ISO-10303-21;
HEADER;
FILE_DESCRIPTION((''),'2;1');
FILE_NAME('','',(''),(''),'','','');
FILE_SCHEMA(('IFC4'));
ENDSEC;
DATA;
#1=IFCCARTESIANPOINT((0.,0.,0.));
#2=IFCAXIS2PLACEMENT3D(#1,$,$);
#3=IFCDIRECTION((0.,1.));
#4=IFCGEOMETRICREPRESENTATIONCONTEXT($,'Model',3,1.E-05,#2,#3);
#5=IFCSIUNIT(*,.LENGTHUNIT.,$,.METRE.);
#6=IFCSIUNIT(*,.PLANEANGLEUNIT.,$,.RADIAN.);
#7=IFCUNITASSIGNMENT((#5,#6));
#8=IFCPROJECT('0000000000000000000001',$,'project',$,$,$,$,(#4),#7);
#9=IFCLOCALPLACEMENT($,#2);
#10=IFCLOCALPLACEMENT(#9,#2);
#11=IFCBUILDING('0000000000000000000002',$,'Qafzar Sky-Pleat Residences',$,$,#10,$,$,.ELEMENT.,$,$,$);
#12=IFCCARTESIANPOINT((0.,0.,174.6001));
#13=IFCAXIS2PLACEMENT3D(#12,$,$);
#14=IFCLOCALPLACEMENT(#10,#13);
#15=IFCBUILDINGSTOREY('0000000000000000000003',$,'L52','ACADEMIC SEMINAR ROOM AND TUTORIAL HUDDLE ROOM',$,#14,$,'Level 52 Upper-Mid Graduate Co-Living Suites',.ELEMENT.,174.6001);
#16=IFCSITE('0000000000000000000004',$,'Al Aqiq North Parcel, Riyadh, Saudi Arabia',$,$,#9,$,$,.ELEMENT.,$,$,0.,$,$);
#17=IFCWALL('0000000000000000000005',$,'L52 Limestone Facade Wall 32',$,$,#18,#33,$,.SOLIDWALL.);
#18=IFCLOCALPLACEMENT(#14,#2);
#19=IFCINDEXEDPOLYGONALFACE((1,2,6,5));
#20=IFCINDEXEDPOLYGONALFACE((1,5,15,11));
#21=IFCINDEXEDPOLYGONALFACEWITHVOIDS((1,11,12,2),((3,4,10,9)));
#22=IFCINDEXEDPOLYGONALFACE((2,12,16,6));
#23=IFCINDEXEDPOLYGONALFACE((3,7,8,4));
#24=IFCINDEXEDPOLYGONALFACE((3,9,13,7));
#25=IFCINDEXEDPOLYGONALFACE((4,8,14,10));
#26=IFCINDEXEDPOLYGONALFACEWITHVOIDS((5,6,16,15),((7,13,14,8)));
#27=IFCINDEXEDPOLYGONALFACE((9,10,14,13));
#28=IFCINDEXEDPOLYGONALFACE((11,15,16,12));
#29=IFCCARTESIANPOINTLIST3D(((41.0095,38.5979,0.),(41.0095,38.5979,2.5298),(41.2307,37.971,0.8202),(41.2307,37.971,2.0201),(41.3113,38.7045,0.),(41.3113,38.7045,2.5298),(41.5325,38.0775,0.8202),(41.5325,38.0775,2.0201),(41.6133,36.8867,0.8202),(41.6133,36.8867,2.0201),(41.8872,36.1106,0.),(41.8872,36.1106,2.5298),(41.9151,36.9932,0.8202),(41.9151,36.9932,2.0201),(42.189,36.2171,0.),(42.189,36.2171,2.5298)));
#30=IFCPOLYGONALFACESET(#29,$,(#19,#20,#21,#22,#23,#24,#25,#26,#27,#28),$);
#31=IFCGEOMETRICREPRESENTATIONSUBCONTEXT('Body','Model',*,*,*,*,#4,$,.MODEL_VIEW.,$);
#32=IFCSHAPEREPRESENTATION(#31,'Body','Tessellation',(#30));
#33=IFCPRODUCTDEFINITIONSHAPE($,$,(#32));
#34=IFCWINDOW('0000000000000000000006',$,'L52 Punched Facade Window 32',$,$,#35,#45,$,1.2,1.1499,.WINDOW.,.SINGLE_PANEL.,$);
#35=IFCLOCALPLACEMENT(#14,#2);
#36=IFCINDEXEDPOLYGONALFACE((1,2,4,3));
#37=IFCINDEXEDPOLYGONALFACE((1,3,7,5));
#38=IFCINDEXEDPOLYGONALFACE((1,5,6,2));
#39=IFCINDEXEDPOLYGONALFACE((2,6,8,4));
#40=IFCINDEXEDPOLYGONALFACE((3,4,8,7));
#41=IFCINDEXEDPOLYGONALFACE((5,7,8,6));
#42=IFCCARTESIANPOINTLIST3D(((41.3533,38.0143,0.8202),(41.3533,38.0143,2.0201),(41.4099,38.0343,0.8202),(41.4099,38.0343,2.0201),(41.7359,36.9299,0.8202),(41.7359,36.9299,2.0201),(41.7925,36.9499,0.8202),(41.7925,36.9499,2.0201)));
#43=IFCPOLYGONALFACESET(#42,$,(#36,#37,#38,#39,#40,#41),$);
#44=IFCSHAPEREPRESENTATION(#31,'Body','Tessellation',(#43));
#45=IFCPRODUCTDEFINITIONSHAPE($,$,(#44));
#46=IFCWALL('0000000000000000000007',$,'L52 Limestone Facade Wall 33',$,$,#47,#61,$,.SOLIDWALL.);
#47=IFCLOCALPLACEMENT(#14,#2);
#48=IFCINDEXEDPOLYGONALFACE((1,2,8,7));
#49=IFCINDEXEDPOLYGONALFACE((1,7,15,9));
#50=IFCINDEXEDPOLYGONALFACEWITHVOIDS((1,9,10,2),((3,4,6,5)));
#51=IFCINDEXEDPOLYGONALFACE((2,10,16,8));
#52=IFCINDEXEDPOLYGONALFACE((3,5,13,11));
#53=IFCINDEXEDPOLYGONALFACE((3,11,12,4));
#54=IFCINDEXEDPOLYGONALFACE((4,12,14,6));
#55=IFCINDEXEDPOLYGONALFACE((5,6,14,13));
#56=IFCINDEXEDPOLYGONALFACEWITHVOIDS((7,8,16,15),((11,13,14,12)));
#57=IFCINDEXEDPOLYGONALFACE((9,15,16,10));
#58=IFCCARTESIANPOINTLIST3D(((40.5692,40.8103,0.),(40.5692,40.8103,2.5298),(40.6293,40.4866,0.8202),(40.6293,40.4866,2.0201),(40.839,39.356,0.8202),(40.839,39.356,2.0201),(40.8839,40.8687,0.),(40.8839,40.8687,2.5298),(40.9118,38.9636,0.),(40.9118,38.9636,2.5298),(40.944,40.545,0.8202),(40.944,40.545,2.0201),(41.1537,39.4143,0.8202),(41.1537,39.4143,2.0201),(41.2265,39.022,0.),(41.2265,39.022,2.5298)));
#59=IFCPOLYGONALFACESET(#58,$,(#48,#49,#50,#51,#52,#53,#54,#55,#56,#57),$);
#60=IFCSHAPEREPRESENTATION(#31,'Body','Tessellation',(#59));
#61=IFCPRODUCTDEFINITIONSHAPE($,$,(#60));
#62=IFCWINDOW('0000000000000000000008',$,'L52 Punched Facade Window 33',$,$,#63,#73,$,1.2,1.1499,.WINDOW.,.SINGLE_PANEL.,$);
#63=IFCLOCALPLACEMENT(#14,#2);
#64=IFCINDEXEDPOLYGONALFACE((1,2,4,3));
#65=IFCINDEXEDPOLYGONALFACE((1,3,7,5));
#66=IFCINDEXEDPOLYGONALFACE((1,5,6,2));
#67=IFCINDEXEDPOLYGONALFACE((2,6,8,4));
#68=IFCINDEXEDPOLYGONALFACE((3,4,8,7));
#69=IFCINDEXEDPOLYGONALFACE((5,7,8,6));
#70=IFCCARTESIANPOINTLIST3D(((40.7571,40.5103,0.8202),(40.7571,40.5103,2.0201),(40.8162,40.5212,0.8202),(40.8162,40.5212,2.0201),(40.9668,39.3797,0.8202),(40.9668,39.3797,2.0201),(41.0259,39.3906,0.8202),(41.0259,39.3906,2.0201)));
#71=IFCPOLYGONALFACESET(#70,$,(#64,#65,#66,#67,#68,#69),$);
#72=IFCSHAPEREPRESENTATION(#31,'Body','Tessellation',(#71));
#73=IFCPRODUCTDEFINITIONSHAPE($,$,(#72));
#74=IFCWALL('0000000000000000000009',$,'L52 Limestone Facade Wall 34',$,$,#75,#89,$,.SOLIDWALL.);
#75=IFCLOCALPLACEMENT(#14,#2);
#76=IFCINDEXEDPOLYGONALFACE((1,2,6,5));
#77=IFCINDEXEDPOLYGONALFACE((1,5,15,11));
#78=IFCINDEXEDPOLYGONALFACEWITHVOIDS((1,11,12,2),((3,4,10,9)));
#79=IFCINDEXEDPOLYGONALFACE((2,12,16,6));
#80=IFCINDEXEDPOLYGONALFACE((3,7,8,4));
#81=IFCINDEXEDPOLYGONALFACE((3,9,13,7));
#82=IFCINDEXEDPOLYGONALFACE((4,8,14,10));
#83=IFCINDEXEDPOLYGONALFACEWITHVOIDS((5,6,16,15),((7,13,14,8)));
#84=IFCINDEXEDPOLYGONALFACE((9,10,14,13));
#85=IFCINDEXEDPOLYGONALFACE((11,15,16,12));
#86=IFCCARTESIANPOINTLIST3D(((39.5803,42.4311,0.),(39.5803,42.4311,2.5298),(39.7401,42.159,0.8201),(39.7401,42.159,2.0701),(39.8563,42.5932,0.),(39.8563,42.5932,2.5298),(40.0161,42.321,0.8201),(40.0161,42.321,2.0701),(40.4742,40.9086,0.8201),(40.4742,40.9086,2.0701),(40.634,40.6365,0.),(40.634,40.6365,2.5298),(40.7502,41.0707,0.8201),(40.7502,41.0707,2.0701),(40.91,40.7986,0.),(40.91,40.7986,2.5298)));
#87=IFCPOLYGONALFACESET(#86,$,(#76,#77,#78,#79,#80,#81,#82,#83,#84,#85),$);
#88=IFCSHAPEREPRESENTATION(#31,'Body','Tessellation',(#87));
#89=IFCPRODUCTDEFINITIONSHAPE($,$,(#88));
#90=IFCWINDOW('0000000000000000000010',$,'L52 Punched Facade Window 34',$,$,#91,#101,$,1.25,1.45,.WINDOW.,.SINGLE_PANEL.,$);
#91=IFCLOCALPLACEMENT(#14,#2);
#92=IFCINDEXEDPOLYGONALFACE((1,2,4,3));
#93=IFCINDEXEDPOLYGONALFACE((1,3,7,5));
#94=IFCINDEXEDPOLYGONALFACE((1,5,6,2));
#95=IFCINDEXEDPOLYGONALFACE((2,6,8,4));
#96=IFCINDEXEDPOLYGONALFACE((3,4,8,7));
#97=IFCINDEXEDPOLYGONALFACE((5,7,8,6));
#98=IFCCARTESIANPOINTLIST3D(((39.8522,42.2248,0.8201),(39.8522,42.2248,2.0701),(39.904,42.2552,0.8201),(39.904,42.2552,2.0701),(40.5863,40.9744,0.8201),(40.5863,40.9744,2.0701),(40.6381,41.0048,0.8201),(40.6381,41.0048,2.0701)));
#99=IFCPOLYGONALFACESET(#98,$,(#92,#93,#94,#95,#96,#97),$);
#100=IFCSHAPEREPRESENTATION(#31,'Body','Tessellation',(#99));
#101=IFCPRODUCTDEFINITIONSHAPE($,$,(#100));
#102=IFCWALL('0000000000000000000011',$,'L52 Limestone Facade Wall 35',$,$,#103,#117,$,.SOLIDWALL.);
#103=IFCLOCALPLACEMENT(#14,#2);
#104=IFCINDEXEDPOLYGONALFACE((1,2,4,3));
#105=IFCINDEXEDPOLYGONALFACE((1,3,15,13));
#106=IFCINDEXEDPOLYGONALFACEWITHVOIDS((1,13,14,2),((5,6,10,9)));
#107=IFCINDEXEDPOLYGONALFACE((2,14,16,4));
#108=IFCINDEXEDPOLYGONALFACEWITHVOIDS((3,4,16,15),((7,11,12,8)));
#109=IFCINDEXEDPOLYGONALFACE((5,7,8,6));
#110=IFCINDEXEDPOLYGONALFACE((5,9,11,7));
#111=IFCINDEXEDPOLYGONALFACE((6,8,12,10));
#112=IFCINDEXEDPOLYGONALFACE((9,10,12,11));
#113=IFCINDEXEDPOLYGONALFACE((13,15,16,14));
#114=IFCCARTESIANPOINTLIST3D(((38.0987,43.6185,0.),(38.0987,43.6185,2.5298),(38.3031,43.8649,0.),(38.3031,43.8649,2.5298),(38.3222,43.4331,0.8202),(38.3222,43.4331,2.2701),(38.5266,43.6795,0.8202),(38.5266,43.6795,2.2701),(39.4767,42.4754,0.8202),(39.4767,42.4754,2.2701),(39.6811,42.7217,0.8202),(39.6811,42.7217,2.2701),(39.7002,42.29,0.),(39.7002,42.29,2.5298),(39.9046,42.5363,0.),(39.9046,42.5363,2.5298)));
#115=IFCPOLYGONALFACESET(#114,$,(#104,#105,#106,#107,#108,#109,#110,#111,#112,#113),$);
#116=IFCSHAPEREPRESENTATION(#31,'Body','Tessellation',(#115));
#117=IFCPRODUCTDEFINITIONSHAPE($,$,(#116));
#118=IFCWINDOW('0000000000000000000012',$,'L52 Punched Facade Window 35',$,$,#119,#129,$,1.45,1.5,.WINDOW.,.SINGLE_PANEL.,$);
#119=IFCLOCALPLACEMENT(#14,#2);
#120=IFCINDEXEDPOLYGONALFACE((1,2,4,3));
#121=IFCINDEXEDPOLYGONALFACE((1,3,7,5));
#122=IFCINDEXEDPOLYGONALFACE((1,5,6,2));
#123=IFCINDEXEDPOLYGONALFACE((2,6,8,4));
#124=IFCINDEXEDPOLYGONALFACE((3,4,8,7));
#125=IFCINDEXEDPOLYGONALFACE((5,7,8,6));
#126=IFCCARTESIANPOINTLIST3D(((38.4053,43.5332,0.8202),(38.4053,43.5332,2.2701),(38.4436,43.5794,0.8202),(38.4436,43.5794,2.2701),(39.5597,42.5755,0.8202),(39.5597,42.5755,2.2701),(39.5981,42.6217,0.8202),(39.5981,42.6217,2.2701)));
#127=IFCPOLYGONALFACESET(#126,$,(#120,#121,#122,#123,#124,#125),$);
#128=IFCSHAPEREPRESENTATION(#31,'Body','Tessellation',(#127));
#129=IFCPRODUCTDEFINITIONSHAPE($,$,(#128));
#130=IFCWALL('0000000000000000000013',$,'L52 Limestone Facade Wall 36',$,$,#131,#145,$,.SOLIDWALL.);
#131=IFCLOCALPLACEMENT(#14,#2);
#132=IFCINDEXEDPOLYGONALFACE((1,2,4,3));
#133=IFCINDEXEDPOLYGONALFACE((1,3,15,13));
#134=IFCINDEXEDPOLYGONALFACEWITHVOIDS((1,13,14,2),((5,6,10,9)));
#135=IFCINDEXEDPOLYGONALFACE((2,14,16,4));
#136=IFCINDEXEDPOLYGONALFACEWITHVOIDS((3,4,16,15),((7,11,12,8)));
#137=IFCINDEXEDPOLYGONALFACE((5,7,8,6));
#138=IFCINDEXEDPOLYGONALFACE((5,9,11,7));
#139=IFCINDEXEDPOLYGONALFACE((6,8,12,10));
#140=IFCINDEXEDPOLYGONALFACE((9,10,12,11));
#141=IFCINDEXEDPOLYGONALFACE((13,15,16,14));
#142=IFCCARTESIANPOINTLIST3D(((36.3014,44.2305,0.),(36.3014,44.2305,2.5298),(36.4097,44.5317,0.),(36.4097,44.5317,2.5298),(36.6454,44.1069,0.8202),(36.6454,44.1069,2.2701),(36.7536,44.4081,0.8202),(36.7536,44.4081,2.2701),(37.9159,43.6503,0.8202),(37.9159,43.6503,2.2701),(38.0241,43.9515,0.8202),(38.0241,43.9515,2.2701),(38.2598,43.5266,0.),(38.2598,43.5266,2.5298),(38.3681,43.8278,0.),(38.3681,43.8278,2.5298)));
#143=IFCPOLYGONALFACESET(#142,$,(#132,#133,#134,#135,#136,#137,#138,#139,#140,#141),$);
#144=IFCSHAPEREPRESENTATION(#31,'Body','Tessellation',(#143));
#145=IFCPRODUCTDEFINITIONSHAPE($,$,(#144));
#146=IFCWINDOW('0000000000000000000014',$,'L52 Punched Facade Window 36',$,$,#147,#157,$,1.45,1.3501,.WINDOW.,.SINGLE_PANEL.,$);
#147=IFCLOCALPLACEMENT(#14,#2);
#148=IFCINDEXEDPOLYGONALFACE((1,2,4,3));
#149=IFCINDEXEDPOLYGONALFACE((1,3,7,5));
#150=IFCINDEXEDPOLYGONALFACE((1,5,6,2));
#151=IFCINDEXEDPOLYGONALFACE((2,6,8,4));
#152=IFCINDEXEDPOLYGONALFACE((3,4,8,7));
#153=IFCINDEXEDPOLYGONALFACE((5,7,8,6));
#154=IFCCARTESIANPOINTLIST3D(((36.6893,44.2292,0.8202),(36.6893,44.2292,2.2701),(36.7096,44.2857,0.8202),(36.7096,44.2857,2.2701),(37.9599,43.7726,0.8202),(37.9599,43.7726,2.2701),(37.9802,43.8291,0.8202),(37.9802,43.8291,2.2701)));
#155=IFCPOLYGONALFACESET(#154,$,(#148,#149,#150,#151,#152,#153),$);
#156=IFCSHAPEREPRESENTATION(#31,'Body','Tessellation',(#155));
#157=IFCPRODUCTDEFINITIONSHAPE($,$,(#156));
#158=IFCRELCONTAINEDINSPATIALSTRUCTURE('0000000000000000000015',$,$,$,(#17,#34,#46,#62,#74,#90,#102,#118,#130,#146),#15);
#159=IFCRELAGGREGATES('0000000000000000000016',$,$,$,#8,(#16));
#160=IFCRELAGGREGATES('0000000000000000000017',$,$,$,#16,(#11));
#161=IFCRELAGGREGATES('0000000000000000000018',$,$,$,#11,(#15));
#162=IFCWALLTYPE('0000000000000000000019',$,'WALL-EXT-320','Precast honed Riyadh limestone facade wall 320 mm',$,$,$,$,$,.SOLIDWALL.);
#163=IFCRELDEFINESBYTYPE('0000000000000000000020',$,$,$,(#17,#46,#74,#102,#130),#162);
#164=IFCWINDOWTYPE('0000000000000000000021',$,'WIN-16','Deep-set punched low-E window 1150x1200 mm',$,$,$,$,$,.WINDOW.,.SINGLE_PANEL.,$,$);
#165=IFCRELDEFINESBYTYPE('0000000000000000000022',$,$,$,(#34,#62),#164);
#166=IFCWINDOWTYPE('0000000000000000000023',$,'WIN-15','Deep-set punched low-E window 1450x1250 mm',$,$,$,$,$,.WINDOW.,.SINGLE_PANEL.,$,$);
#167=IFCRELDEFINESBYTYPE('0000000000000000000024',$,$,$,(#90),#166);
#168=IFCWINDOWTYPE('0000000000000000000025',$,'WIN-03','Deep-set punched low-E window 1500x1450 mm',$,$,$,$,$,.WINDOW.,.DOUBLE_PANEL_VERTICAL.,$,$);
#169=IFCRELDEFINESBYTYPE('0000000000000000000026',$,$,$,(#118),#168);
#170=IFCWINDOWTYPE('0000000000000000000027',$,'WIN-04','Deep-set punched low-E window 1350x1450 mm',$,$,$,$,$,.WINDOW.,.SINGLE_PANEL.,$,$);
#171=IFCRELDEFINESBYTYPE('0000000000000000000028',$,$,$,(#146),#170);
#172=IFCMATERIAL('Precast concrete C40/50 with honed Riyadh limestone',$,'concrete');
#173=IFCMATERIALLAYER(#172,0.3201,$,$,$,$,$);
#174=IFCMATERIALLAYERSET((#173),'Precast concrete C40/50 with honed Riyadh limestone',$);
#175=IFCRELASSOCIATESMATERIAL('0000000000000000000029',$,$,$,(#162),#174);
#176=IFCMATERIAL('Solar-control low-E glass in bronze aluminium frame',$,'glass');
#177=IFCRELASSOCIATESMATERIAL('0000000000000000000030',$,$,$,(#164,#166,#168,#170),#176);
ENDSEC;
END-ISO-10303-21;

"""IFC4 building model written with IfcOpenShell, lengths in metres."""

from ifc_helpers import new_model, si_unit, direction, frame, frame_2d, origin, place, context, subcontext, project, spatial, rectangle, extrude, source, transform, mapped, material, layer, layer_set, type_object, element, fill, save


model = new_model("IFC4")

# Units and contexts
model_context = context("Model", 3, precision=1e-05, world=origin(), true_north=direction((0.0, 1.0)))
body_context = subcontext(model_context, "Body", "Model", "MODEL_VIEW")
ifc_project = project(units=[si_unit("LENGTHUNIT", "METRE"), si_unit("PLANEANGLEUNIT", "RADIAN")], contexts=[model_context])

# Site, building, storey
site_placement = place(None, origin())
site = spatial("IfcSite", under=ifc_project, at=site_placement, Name="Al Aqiq North Parcel, Riyadh, Saudi Arabia", CompositionType="ELEMENT", RefElevation=0.0)
building_placement = place(site_placement, origin())
building = spatial("IfcBuilding", under=site, at=building_placement, Name="Qafzar Sky-Pleat Residences", CompositionType="ELEMENT")
storey_placement = place(building_placement, frame((0.0, 0.0, 174.6001)))
storey = spatial("IfcBuildingStorey", under=building, at=storey_placement, Name="L52", Description="ACADEMIC SEMINAR ROOM AND TUTORIAL HUDDLE ROOM", LongName="Level 52 Upper-Mid Graduate Co-Living Suites", CompositionType="ELEMENT", Elevation=174.6001)

# Walls, openings, windows
ifc_material_1 = material(Name="Precast concrete C40/50 with honed Riyadh limestone", Category="concrete")
ifc_layer_1 = layer(ifc_material_1, 0.3201)
ifc_layer_set_1 = layer_set([ifc_layer_1], Name="Precast concrete C40/50 with honed Riyadh limestone")
wall_type_1 = type_object("IfcWallType", Name="WALL-EXT-320", Description="Precast honed Riyadh limestone facade wall 320 mm", PredefinedType="SOLIDWALL", material=ifc_layer_set_1)
wall_1_placement = place(storey_placement, frame((42.0381, 36.1638, 0.0), z_axis=(0.0, 0.0, 1.0), x_axis=(-0.332757, 0.943013, 0.0)))
wall_1 = element("IfcWall", 1, at=wall_1_placement, inside=storey, type_object=wall_type_1, Name="L52 Limestone Facade Wall 32", PredefinedType="SOLIDWALL", context=body_context, shape_type="SweptSolid", body=[
    extrude(rectangle(XDim=2.6377, YDim=0.3201, at=frame_2d((1.3188, 0.0))), origin(), (0.0, 0.0, 1.0), 2.5298),
])
opening_1_placement = place(wall_1_placement, frame((0.823, 0.0, 0.8201)))
opening_1 = element("IfcOpeningElement", 2, at=opening_1_placement, cuts=wall_1, PredefinedType="OPENING", context=body_context, shape_type="SweptSolid", body=[
    extrude(rectangle(XDim=1.1499, YDim=1.2, at=frame_2d((0.575, 0.6001))), frame((0.0, 0.1699, 0.0), z_axis=(0.0, -1.0, 0.0), x_axis=(1.0, 0.0, 0.0)), (0.0, 0.0, 1.0), 0.3401),
])
ifc_material_2 = material(Name="Solar-control low-E glass in bronze aluminium frame", Category="glass")
window_type_1 = type_object("IfcWindowType", Name="WIN-16", Description="Deep-set punched low-E window 1150x1200 mm", PartitioningType="SINGLE_PANEL", PredefinedType="WINDOW", material=ifc_material_2)
shared_shape_1 = source(origin(), body_context, "Body", "SweptSolid", [
    extrude(rectangle(XDim=1.1499, YDim=1.2, at=frame_2d((0.575, 0.6001))), frame((0.0, 0.03, 0.0), z_axis=(0.0, -1.0, 0.0), x_axis=(1.0, 0.0, 0.0)), (0.0, 0.0, 1.0), 0.0601),
])
window_1_placement = place(opening_1_placement, origin())
window_1 = element("IfcWindow", 3, at=window_1_placement, inside=storey, type_object=window_type_1, Name="L52 Punched Facade Window 32", OverallHeight=1.2, OverallWidth=1.1499, PartitioningType="SINGLE_PANEL", PredefinedType="WINDOW", context=body_context, shape_type="MappedRepresentation", body=[
    mapped(shared_shape_1, transform((0.0, 0.0, 0.0), x_axis=(1.0, 0.0, 0.0), y_axis=(0.0, 1.0, 0.0), z_axis=(0.0, 0.0, 1.0), scale=1.0)),
])
fill(opening_1, window_1)
wall_2_placement = place(storey_placement, frame((41.0691, 38.9929, 0.0), z_axis=(0.0, 0.0, 1.0), x_axis=(-0.182373, 0.983229, 0.0)))
wall_2 = element("IfcWall", 4, at=wall_2_placement, inside=storey, type_object=wall_type_1, Name="L52 Limestone Facade Wall 33", PredefinedType="SOLIDWALL", context=body_context, shape_type="SweptSolid", body=[
    extrude(rectangle(XDim=1.8782, YDim=0.3201, at=frame_2d((0.939, 0.0))), origin(), (0.0, 0.0, 1.0), 2.5298),
])
opening_2_placement = place(wall_2_placement, frame((0.3989, 0.0, 0.8201)))
opening_2 = element("IfcOpeningElement", 5, at=opening_2_placement, cuts=wall_2, PredefinedType="OPENING", context=body_context, shape_type="SweptSolid", body=[
    extrude(rectangle(XDim=1.1499, YDim=1.2, at=frame_2d((0.575, 0.6001))), frame((0.0, 0.1699, 0.0), z_axis=(0.0, -1.0, 0.0), x_axis=(1.0, 0.0, 0.0)), (0.0, 0.0, 1.0), 0.3401),
])
window_2_placement = place(opening_2_placement, origin())
window_2 = element("IfcWindow", 6, at=window_2_placement, inside=storey, type_object=window_type_1, Name="L52 Punched Facade Window 33", OverallHeight=1.2, OverallWidth=1.1499, PartitioningType="SINGLE_PANEL", PredefinedType="WINDOW", context=body_context, shape_type="MappedRepresentation", body=[
    mapped(shared_shape_1, transform((0.0, 0.0, 0.0), x_axis=(1.0, 0.0, 0.0), y_axis=(0.0, 1.0, 0.0), z_axis=(0.0, 0.0, 1.0), scale=1.0)),
])
fill(opening_2, window_2)
wall_3_placement = place(storey_placement, frame((40.772, 40.7175, 0.0), z_axis=(0.0, 0.0, 1.0), x_axis=(-0.506312, 0.86235, 0.0)))
wall_3 = element("IfcWall", 7, at=wall_3_placement, inside=storey, type_object=wall_type_1, Name="L52 Limestone Facade Wall 34", PredefinedType="SOLIDWALL", context=body_context, shape_type="SweptSolid", body=[
    extrude(rectangle(XDim=2.0811, YDim=0.3201, at=frame_2d((1.0405, 0.0))), origin(), (0.0, 0.0, 1.0), 2.5298),
])
opening_3_placement = place(wall_3_placement, frame((0.3154, 0.0, 0.8201)))
opening_3 = element("IfcOpeningElement", 8, at=opening_3_placement, cuts=wall_3, PredefinedType="OPENING", context=body_context, shape_type="SweptSolid", body=[
    extrude(rectangle(XDim=1.45, YDim=1.25, at=frame_2d((0.7251, 0.625))), frame((0.0, 0.1699, 0.0), z_axis=(0.0, -1.0, 0.0), x_axis=(1.0, 0.0, 0.0)), (0.0, 0.0, 1.0), 0.3401),
])
window_type_2 = type_object("IfcWindowType", Name="WIN-15", Description="Deep-set punched low-E window 1450x1250 mm", PartitioningType="SINGLE_PANEL", PredefinedType="WINDOW", material=ifc_material_2)
shared_shape_2 = source(origin(), body_context, "Body", "SweptSolid", [
    extrude(rectangle(XDim=1.45, YDim=1.25, at=frame_2d((0.7251, 0.625))), frame((0.0, 0.03, 0.0), z_axis=(0.0, -1.0, 0.0), x_axis=(1.0, 0.0, 0.0)), (0.0, 0.0, 1.0), 0.0601),
])
window_3_placement = place(opening_3_placement, origin())
window_3 = element("IfcWindow", 9, at=window_3_placement, inside=storey, type_object=window_type_2, Name="L52 Punched Facade Window 34", OverallHeight=1.25, OverallWidth=1.45, PartitioningType="SINGLE_PANEL", PredefinedType="WINDOW", context=body_context, shape_type="MappedRepresentation", body=[
    mapped(shared_shape_2, transform((0.0, 0.0, 0.0), x_axis=(1.0, 0.0, 0.0), y_axis=(0.0, 1.0, 0.0), z_axis=(0.0, 0.0, 1.0), scale=1.0)),
])
fill(opening_3, window_3)
wall_4_placement = place(storey_placement, frame((39.8025, 42.4131, 0.0), z_axis=(0.0, 0.0, 1.0), x_axis=(-0.769643, 0.638475, 0.0)))
wall_4 = element("IfcWall", 10, at=wall_4_placement, inside=storey, type_object=wall_type_1, Name="L52 Limestone Facade Wall 35", PredefinedType="SOLIDWALL", context=body_context, shape_type="SweptSolid", body=[
    extrude(rectangle(XDim=2.0808, YDim=0.3201, at=frame_2d((1.0405, 0.0))), origin(), (0.0, 0.0, 1.0), 2.5298),
])
opening_4_placement = place(wall_4_placement, frame((0.2905, 0.0, 0.8201)))
opening_4 = element("IfcOpeningElement", 11, at=opening_4_placement, cuts=wall_4, PredefinedType="OPENING", context=body_context, shape_type="SweptSolid", body=[
    extrude(rectangle(XDim=1.5, YDim=1.45, at=frame_2d((0.75, 0.7251))), frame((0.0, 0.1699, 0.0), z_axis=(0.0, -1.0, 0.0), x_axis=(1.0, 0.0, 0.0)), (0.0, 0.0, 1.0), 0.3401),
])
window_type_3 = type_object("IfcWindowType", Name="WIN-03", Description="Deep-set punched low-E window 1500x1450 mm", PartitioningType="DOUBLE_PANEL_VERTICAL", PredefinedType="WINDOW", material=ifc_material_2)
shared_shape_3 = source(origin(), body_context, "Body", "SweptSolid", [
    extrude(rectangle(XDim=1.5, YDim=1.45, at=frame_2d((0.75, 0.7251))), frame((0.0, 0.03, 0.0), z_axis=(0.0, -1.0, 0.0), x_axis=(1.0, 0.0, 0.0)), (0.0, 0.0, 1.0), 0.0601),
])
window_4_placement = place(opening_4_placement, origin())
window_4 = element("IfcWindow", 12, at=window_4_placement, inside=storey, type_object=window_type_3, Name="L52 Punched Facade Window 35", OverallHeight=1.45, OverallWidth=1.5, PartitioningType="SINGLE_PANEL", PredefinedType="WINDOW", context=body_context, shape_type="MappedRepresentation", body=[
    mapped(shared_shape_3, transform((0.0, 0.0, 0.0), x_axis=(1.0, 0.0, 0.0), y_axis=(0.0, 1.0, 0.0), z_axis=(0.0, 0.0, 1.0), scale=1.0)),
])
fill(opening_4, window_4)
wall_5_placement = place(storey_placement, frame((38.314, 43.6772, 0.0), z_axis=(0.0, 0.0, 1.0), x_axis=(-0.941071, 0.338208, 0.0)))
wall_5 = element("IfcWall", 13, at=wall_5_placement, inside=storey, type_object=wall_type_1, Name="L52 Limestone Facade Wall 36", PredefinedType="SOLIDWALL", context=body_context, shape_type="SweptSolid", body=[
    extrude(rectangle(XDim=2.0811, YDim=0.3201, at=frame_2d((1.0405, 0.0))), origin(), (0.0, 0.0, 1.0), 2.5298),
])
opening_5_placement = place(wall_5_placement, frame((0.3655, 0.0, 0.8201)))
opening_5 = element("IfcOpeningElement", 14, at=opening_5_placement, cuts=wall_5, PredefinedType="OPENING", context=body_context, shape_type="SweptSolid", body=[
    extrude(rectangle(XDim=1.3501, YDim=1.45, at=frame_2d((0.675, 0.7251))), frame((0.0, 0.1699, 0.0), z_axis=(0.0, -1.0, 0.0), x_axis=(1.0, 0.0, 0.0)), (0.0, 0.0, 1.0), 0.3401),
])
window_type_4 = type_object("IfcWindowType", Name="WIN-04", Description="Deep-set punched low-E window 1350x1450 mm", PartitioningType="SINGLE_PANEL", PredefinedType="WINDOW", material=ifc_material_2)
shared_shape_4 = source(origin(), body_context, "Body", "SweptSolid", [
    extrude(rectangle(XDim=1.3501, YDim=1.45, at=frame_2d((0.675, 0.7251))), frame((0.0, 0.03, 0.0), z_axis=(0.0, -1.0, 0.0), x_axis=(1.0, 0.0, 0.0)), (0.0, 0.0, 1.0), 0.0601),
])
window_5_placement = place(opening_5_placement, origin())
window_5 = element("IfcWindow", 15, at=window_5_placement, inside=storey, type_object=window_type_4, Name="L52 Punched Facade Window 36", OverallHeight=1.45, OverallWidth=1.3501, PartitioningType="SINGLE_PANEL", PredefinedType="WINDOW", context=body_context, shape_type="MappedRepresentation", body=[
    mapped(shared_shape_4, transform((0.0, 0.0, 0.0), x_axis=(1.0, 0.0, 0.0), y_axis=(0.0, 1.0, 0.0), z_axis=(0.0, 0.0, 1.0), scale=1.0)),
])
fill(opening_5, window_5)

save(model, "model.ifc")
